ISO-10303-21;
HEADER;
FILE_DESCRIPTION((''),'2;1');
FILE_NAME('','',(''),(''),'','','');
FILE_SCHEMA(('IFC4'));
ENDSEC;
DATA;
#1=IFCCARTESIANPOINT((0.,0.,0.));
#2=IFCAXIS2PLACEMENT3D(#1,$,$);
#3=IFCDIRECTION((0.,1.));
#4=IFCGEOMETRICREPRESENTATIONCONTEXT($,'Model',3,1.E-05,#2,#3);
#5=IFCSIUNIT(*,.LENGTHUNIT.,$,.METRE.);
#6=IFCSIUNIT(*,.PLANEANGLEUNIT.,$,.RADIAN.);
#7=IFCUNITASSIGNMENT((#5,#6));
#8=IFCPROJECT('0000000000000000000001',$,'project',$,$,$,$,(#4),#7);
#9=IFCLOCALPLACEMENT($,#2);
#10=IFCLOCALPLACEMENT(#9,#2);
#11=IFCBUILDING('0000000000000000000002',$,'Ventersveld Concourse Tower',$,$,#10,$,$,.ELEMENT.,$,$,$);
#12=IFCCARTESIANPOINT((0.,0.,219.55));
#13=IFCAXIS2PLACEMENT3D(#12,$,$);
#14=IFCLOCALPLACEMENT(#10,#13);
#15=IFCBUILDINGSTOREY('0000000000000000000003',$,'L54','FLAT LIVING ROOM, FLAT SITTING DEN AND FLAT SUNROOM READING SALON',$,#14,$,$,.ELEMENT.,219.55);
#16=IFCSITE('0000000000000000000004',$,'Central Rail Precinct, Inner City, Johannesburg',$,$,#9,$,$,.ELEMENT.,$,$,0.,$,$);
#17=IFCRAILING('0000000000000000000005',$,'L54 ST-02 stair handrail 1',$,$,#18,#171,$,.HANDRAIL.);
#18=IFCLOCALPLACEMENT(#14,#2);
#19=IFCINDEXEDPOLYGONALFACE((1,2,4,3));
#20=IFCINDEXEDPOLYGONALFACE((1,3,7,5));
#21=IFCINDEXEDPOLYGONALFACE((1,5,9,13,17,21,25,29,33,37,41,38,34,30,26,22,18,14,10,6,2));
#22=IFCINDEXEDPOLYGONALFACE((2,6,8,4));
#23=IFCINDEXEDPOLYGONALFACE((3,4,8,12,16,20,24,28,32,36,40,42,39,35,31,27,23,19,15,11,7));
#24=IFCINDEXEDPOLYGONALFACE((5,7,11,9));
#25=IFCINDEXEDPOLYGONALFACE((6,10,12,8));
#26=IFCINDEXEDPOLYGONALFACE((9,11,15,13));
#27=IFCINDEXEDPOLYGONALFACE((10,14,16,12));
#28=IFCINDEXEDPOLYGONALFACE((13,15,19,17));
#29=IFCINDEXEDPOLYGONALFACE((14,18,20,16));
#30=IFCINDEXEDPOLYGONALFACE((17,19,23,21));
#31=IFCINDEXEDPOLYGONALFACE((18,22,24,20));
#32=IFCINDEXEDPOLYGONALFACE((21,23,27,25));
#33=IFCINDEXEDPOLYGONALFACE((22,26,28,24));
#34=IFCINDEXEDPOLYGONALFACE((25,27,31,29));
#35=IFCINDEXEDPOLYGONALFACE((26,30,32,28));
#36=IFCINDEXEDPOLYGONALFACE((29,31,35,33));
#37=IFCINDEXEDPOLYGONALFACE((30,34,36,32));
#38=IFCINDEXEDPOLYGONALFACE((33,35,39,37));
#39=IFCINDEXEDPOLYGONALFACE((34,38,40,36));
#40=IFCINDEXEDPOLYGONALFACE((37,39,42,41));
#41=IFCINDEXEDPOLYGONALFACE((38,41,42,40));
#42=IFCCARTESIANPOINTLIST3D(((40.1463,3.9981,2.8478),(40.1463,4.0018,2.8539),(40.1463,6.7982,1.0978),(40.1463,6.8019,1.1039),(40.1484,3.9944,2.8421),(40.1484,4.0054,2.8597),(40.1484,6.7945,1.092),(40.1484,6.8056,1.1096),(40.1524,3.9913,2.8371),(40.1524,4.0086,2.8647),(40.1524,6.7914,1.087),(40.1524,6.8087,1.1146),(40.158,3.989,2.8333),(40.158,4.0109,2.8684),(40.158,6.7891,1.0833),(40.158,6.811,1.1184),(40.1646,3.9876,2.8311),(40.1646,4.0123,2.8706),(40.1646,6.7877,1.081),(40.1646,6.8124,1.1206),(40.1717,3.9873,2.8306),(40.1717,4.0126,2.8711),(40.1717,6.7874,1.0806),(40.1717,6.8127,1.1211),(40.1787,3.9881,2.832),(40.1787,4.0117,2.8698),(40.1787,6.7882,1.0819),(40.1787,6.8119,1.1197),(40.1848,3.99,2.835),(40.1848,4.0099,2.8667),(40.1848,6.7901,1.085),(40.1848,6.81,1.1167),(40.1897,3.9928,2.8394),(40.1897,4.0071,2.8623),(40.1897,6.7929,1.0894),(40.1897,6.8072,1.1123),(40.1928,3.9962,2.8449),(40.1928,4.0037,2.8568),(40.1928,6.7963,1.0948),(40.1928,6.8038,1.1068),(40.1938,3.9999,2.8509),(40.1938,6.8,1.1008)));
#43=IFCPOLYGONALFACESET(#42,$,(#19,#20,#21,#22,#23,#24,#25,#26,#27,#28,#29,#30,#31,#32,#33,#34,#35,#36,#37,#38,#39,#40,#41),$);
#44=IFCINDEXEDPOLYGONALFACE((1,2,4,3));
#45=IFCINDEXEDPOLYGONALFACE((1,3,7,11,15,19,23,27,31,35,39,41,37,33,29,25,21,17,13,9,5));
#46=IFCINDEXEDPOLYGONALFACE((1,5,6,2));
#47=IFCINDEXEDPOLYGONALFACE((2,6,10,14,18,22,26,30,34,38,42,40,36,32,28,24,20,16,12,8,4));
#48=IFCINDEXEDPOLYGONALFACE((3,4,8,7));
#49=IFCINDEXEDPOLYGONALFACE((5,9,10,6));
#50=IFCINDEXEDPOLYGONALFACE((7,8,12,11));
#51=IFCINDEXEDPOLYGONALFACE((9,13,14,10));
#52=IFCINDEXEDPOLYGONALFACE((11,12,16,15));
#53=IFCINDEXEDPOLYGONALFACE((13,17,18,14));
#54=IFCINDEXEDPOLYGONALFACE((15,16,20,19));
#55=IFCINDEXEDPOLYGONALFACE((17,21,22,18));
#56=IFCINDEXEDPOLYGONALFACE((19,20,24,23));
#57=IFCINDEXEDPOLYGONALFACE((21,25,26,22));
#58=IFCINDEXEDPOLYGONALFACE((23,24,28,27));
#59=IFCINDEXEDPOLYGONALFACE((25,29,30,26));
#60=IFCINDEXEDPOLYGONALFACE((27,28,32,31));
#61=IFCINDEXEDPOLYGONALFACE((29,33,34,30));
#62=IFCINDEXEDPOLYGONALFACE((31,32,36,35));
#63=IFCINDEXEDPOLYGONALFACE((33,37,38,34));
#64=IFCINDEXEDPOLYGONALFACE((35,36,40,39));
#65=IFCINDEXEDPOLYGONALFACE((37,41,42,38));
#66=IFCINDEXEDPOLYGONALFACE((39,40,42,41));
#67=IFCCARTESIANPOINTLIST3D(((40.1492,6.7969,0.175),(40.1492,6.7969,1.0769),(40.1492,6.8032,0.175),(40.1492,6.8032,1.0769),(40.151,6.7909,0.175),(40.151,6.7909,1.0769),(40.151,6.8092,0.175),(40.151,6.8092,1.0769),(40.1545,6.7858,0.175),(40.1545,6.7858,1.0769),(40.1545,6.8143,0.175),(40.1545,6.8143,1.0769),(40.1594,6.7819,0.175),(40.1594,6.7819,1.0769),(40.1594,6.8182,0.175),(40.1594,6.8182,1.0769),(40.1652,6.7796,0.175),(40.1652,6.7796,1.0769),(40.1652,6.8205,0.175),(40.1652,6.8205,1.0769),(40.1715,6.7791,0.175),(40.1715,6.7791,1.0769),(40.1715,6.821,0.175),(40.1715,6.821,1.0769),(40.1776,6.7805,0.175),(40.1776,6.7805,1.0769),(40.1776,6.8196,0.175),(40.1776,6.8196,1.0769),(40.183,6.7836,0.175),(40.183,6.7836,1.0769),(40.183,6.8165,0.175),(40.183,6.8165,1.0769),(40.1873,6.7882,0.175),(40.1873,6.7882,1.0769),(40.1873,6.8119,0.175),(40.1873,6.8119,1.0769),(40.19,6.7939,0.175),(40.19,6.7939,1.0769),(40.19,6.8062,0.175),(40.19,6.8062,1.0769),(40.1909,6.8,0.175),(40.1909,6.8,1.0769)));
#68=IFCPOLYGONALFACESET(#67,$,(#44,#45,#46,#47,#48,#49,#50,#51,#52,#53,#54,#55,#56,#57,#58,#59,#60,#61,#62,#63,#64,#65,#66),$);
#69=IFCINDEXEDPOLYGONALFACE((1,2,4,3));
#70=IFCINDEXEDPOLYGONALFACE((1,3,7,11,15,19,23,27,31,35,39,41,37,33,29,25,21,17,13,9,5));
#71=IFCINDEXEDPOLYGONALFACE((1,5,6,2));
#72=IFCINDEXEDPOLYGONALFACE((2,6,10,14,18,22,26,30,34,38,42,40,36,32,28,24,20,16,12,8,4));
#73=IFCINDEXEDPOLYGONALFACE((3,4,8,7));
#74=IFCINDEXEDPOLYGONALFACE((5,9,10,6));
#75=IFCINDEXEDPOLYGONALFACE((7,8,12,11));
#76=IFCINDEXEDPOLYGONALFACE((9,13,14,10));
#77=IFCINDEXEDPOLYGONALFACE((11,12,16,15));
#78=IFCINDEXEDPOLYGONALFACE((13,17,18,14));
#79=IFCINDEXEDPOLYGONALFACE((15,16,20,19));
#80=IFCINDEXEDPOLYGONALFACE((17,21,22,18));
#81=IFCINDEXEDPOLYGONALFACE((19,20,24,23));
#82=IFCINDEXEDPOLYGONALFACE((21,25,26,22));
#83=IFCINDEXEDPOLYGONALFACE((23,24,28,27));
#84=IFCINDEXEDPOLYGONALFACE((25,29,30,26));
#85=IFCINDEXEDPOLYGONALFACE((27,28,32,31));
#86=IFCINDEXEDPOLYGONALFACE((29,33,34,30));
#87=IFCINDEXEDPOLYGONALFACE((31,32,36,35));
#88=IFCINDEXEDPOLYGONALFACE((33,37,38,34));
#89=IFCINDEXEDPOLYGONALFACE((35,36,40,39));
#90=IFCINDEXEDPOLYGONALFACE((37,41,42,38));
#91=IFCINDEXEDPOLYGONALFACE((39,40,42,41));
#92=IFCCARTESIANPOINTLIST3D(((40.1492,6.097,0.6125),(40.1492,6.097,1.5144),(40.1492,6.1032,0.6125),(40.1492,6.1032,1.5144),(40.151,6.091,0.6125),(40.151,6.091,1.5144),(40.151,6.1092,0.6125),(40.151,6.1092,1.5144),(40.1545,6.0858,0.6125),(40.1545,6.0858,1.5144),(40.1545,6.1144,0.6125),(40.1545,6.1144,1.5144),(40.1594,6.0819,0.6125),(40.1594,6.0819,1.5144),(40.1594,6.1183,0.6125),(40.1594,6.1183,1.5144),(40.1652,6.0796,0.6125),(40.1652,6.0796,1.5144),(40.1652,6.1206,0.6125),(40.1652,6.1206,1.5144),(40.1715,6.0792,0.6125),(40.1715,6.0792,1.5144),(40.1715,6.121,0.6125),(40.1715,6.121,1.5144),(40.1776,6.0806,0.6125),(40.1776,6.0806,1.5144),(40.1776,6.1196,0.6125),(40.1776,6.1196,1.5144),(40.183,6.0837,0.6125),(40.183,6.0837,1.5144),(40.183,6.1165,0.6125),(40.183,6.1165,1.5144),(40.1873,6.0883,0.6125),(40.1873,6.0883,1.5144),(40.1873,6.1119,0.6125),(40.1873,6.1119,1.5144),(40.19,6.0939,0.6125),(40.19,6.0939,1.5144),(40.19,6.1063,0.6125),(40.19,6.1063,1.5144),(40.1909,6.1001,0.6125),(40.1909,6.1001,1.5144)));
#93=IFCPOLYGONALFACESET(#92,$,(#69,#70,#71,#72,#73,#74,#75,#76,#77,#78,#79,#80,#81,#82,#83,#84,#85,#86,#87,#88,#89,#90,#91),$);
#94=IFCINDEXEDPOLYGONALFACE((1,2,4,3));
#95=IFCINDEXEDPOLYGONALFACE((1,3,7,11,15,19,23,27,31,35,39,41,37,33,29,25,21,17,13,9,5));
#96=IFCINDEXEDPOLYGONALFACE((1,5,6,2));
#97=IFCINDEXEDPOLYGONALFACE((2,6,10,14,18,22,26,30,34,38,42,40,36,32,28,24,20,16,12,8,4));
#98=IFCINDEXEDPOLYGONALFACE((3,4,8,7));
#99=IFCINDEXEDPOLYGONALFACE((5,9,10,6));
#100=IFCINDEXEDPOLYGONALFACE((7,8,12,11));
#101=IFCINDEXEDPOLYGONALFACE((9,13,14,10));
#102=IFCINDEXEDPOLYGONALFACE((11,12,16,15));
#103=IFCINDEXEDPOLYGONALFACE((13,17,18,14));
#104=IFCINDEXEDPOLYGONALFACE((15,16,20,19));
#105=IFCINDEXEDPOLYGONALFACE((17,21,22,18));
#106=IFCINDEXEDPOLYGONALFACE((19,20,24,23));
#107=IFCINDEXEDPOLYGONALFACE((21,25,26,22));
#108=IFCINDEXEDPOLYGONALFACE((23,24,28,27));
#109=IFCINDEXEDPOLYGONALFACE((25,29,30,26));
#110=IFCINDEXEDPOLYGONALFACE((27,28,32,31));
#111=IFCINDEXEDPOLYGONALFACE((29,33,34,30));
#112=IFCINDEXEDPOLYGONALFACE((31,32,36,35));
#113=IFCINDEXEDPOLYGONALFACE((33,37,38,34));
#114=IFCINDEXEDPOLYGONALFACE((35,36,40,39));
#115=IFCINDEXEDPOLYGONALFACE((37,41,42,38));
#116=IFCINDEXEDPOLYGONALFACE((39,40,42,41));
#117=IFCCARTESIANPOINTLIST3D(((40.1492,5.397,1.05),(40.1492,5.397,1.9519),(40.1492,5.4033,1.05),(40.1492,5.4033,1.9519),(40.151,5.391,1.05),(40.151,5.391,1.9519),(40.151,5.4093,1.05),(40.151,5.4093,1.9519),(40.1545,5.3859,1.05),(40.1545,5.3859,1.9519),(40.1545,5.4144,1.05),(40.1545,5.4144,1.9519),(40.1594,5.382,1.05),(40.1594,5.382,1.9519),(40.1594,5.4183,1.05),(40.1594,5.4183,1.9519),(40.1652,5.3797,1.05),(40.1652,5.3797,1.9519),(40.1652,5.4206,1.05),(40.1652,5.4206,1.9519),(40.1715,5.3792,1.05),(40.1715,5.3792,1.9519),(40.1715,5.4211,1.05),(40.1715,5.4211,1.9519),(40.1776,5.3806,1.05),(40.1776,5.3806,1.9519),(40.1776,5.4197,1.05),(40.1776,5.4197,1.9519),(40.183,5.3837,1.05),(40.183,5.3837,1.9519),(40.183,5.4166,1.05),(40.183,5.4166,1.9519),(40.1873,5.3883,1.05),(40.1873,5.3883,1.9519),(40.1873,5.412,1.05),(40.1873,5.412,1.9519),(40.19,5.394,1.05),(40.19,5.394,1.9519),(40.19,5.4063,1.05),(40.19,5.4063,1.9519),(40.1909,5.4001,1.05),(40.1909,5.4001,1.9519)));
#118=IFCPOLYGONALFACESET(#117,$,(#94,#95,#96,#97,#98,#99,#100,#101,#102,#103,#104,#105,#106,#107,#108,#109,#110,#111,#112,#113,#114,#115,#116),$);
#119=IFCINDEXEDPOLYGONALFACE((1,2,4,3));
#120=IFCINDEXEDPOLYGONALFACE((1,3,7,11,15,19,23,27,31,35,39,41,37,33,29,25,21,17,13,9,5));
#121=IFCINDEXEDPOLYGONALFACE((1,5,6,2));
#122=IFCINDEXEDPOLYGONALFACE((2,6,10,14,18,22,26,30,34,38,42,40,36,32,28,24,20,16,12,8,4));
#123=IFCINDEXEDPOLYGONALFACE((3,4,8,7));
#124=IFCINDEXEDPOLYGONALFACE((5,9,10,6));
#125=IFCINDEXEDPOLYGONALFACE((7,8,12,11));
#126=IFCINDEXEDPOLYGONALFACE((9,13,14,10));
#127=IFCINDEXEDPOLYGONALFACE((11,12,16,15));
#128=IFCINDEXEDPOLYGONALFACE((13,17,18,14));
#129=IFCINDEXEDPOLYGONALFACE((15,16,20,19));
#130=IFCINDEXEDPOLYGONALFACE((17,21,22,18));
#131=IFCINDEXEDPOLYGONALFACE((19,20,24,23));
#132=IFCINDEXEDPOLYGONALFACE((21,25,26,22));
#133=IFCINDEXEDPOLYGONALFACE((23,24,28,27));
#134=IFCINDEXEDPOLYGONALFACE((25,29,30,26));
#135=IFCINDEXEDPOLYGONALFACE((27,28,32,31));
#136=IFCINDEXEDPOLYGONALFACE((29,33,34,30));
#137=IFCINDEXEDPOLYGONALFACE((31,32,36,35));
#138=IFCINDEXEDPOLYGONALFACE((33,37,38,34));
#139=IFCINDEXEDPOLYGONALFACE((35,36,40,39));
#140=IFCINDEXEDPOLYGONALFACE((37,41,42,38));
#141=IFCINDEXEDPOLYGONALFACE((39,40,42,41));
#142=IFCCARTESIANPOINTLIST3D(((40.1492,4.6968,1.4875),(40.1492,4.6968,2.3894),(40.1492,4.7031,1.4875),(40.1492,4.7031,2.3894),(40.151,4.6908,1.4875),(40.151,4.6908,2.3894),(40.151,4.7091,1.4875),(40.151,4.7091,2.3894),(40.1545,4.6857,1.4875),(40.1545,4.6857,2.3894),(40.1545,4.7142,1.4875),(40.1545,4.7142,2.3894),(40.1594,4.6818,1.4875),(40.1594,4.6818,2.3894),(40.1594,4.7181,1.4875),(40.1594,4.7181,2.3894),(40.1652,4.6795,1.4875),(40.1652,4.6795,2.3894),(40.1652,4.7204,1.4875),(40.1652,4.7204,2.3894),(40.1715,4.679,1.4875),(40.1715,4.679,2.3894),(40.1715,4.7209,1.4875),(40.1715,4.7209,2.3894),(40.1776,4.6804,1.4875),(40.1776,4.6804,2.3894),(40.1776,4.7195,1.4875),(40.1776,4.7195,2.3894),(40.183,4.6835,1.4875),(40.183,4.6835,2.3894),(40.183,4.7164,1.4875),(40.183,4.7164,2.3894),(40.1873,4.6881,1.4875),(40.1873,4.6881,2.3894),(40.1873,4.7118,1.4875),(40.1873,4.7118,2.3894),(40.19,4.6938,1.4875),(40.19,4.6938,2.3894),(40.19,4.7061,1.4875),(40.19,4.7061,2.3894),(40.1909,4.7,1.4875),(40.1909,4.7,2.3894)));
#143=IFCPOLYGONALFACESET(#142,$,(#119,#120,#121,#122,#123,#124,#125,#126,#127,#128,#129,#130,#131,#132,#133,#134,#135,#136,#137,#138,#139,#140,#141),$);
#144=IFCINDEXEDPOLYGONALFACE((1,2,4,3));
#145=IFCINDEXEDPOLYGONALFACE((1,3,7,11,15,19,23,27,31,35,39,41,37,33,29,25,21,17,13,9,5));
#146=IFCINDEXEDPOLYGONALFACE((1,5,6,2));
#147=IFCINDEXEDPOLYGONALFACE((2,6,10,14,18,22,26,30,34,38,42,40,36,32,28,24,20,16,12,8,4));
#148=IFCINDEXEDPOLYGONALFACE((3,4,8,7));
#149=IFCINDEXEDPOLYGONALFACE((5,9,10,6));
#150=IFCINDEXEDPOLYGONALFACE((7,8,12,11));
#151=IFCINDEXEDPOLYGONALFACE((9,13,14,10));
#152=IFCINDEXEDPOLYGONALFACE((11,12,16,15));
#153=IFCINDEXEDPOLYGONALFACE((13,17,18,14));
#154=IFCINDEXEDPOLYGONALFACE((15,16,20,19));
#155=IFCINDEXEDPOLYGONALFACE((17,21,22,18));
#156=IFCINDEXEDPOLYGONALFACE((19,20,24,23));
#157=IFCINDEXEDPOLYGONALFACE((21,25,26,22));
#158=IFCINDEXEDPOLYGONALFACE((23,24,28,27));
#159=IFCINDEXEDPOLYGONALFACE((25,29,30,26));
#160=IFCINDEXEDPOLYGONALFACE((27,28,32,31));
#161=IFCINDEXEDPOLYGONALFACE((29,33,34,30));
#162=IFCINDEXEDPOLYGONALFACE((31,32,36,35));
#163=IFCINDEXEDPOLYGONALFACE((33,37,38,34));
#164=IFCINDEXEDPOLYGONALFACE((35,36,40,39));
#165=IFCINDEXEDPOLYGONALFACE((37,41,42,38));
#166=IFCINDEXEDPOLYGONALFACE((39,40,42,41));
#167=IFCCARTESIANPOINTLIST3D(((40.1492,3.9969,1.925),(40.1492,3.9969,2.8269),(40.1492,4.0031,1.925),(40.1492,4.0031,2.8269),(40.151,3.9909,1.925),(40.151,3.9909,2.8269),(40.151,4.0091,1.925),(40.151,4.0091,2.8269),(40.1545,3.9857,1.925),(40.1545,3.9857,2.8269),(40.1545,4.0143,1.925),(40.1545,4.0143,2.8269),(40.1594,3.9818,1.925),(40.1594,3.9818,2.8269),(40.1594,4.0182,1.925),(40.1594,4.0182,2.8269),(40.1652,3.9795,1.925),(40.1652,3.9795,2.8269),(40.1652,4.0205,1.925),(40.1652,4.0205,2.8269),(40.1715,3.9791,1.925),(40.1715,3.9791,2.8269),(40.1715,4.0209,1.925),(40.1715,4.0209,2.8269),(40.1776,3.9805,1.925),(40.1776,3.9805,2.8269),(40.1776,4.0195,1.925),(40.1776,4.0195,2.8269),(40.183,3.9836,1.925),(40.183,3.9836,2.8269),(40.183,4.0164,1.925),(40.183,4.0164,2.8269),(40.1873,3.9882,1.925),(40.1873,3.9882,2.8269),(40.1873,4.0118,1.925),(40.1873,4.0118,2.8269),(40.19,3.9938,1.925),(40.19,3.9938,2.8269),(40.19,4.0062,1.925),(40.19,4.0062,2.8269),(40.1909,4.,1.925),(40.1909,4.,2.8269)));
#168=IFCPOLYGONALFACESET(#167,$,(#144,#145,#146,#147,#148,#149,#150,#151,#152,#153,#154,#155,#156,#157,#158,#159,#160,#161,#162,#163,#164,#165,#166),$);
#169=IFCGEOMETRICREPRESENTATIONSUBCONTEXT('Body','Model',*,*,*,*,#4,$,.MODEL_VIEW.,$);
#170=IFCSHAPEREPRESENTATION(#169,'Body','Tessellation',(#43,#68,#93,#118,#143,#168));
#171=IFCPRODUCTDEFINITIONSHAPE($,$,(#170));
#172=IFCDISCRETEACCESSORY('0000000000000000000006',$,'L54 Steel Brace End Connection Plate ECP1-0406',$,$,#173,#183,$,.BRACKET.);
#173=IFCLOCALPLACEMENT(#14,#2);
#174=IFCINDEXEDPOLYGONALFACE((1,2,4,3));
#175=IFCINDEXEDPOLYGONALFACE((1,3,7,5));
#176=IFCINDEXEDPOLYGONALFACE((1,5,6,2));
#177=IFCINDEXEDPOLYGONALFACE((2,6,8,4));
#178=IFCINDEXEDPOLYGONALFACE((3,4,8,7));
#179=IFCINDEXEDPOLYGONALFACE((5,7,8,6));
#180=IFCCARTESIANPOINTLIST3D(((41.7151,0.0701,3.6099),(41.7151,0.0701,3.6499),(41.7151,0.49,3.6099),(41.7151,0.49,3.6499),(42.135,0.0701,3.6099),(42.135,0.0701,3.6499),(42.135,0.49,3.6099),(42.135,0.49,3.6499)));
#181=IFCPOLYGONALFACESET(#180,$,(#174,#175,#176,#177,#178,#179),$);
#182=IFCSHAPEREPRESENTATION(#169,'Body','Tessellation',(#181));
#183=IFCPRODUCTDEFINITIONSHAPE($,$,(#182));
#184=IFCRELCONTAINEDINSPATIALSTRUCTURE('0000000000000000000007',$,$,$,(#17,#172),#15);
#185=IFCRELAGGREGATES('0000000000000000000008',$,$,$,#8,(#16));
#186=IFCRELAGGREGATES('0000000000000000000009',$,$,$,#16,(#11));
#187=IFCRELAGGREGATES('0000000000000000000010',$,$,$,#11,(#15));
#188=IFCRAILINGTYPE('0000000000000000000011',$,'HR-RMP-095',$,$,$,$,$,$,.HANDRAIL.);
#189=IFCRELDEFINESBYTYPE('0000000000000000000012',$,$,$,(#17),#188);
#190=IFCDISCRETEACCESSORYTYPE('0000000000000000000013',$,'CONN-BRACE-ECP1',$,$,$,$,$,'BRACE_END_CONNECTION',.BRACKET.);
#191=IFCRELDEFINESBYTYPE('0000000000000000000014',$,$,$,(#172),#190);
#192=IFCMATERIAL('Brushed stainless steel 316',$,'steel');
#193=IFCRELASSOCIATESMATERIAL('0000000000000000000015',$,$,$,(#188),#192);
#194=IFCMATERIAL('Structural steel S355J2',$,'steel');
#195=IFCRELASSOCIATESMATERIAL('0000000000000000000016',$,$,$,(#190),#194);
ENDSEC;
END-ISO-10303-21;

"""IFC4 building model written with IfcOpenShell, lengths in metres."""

from ifc_helpers import new_model, si_unit, direction, frame, origin, origin_2d, place, context, subcontext, project, spatial, rectangle, circle, extrude, material, type_object, element, save


model = new_model("IFC4")

# Units and contexts
model_context = context("Model", 3, precision=1e-05, world=origin(), true_north=direction((0.0, 1.0)))
body_context = subcontext(model_context, "Body", "Model", "MODEL_VIEW")
ifc_project = project(units=[si_unit("LENGTHUNIT", "METRE"), si_unit("PLANEANGLEUNIT", "RADIAN")], contexts=[model_context])

# Site, building, storey
site_placement = place(None, origin())
site = spatial("IfcSite", under=ifc_project, at=site_placement, Name="Central Rail Precinct, Inner City, Johannesburg", CompositionType="ELEMENT", RefElevation=0.0)
building_placement = place(site_placement, origin())
building = spatial("IfcBuilding", under=site, at=building_placement, Name="Ventersveld Concourse Tower", CompositionType="ELEMENT")
storey_placement = place(building_placement, frame((0.0, 0.0, 219.55)))
storey = spatial("IfcBuildingStorey", under=building, at=storey_placement, Name="L54", Description="FLAT LIVING ROOM, FLAT SITTING DEN AND FLAT SUNROOM READING SALON", CompositionType="ELEMENT", Elevation=219.55)

# Shared definitions
ifc_material_1 = material(Name="Brushed stainless steel 316", Category="steel")

# Railing
railing_type_1 = type_object("IfcRailingType", Name="HR-RMP-095", PredefinedType="HANDRAIL", material=ifc_material_1)
railing_1_placement = place(storey_placement, frame((40.1699, 6.8, 0.175)))
element("IfcRailing", 1, at=railing_1_placement, inside=storey, type_object=railing_type_1, Name="L54 ST-02 stair handrail 1", PredefinedType="HANDRAIL", context=body_context, shape_type="SweptSolid", body=[
    extrude(circle(Radius=0.0239, at=origin_2d()), frame((0.0, 0.0, 0.9258), z_axis=(0.0, -0.848002, 0.529992), x_axis=(1.0, 0.0, 0.0)), (0.0, 0.0, 1.0), 3.302),
    extrude(circle(Radius=0.021, at=origin_2d()), origin(), (0.0, 0.0, 1.0), 0.9019),
    extrude(circle(Radius=0.021, at=origin_2d()), frame((0.0, -0.7, 0.4375)), (0.0, 0.0, 1.0), 0.9019),
    extrude(circle(Radius=0.021, at=origin_2d()), frame((0.0, -1.3999, 0.875)), (0.0, 0.0, 1.0), 0.9019),
    extrude(circle(Radius=0.021, at=origin_2d()), frame((0.0, -2.1001, 1.3125)), (0.0, 0.0, 1.0), 0.9019),
    extrude(circle(Radius=0.021, at=origin_2d()), frame((0.0, -2.8, 1.75)), (0.0, 0.0, 1.0), 0.9019),
])

# Discrete accessory
ifc_material_2 = material(Name="Structural steel S355J2", Category="steel")
discrete_accessory_type = type_object("IfcDiscreteAccessoryType", Name="CONN-BRACE-ECP1", ElementType="BRACE_END_CONNECTION", PredefinedType="BRACKET", material=ifc_material_2)
discrete_accessory_placement = place(storey_placement, frame((41.925, 0.28, 3.6099), z_axis=(0.0, 0.0, 1.0), x_axis=(1.0, 0.0, 0.0)))
element("IfcDiscreteAccessory", 2, at=discrete_accessory_placement, inside=storey, type_object=discrete_accessory_type, Name="L54 Steel Brace End Connection Plate ECP1-0406", PredefinedType="BRACKET", context=body_context, shape_type="SweptSolid", body=[
    extrude(rectangle(XDim=0.4199, YDim=0.4199, at=origin_2d()), origin(), (0.0, 0.0, 1.0), 0.04),
])

save(model, "model.ifc")
